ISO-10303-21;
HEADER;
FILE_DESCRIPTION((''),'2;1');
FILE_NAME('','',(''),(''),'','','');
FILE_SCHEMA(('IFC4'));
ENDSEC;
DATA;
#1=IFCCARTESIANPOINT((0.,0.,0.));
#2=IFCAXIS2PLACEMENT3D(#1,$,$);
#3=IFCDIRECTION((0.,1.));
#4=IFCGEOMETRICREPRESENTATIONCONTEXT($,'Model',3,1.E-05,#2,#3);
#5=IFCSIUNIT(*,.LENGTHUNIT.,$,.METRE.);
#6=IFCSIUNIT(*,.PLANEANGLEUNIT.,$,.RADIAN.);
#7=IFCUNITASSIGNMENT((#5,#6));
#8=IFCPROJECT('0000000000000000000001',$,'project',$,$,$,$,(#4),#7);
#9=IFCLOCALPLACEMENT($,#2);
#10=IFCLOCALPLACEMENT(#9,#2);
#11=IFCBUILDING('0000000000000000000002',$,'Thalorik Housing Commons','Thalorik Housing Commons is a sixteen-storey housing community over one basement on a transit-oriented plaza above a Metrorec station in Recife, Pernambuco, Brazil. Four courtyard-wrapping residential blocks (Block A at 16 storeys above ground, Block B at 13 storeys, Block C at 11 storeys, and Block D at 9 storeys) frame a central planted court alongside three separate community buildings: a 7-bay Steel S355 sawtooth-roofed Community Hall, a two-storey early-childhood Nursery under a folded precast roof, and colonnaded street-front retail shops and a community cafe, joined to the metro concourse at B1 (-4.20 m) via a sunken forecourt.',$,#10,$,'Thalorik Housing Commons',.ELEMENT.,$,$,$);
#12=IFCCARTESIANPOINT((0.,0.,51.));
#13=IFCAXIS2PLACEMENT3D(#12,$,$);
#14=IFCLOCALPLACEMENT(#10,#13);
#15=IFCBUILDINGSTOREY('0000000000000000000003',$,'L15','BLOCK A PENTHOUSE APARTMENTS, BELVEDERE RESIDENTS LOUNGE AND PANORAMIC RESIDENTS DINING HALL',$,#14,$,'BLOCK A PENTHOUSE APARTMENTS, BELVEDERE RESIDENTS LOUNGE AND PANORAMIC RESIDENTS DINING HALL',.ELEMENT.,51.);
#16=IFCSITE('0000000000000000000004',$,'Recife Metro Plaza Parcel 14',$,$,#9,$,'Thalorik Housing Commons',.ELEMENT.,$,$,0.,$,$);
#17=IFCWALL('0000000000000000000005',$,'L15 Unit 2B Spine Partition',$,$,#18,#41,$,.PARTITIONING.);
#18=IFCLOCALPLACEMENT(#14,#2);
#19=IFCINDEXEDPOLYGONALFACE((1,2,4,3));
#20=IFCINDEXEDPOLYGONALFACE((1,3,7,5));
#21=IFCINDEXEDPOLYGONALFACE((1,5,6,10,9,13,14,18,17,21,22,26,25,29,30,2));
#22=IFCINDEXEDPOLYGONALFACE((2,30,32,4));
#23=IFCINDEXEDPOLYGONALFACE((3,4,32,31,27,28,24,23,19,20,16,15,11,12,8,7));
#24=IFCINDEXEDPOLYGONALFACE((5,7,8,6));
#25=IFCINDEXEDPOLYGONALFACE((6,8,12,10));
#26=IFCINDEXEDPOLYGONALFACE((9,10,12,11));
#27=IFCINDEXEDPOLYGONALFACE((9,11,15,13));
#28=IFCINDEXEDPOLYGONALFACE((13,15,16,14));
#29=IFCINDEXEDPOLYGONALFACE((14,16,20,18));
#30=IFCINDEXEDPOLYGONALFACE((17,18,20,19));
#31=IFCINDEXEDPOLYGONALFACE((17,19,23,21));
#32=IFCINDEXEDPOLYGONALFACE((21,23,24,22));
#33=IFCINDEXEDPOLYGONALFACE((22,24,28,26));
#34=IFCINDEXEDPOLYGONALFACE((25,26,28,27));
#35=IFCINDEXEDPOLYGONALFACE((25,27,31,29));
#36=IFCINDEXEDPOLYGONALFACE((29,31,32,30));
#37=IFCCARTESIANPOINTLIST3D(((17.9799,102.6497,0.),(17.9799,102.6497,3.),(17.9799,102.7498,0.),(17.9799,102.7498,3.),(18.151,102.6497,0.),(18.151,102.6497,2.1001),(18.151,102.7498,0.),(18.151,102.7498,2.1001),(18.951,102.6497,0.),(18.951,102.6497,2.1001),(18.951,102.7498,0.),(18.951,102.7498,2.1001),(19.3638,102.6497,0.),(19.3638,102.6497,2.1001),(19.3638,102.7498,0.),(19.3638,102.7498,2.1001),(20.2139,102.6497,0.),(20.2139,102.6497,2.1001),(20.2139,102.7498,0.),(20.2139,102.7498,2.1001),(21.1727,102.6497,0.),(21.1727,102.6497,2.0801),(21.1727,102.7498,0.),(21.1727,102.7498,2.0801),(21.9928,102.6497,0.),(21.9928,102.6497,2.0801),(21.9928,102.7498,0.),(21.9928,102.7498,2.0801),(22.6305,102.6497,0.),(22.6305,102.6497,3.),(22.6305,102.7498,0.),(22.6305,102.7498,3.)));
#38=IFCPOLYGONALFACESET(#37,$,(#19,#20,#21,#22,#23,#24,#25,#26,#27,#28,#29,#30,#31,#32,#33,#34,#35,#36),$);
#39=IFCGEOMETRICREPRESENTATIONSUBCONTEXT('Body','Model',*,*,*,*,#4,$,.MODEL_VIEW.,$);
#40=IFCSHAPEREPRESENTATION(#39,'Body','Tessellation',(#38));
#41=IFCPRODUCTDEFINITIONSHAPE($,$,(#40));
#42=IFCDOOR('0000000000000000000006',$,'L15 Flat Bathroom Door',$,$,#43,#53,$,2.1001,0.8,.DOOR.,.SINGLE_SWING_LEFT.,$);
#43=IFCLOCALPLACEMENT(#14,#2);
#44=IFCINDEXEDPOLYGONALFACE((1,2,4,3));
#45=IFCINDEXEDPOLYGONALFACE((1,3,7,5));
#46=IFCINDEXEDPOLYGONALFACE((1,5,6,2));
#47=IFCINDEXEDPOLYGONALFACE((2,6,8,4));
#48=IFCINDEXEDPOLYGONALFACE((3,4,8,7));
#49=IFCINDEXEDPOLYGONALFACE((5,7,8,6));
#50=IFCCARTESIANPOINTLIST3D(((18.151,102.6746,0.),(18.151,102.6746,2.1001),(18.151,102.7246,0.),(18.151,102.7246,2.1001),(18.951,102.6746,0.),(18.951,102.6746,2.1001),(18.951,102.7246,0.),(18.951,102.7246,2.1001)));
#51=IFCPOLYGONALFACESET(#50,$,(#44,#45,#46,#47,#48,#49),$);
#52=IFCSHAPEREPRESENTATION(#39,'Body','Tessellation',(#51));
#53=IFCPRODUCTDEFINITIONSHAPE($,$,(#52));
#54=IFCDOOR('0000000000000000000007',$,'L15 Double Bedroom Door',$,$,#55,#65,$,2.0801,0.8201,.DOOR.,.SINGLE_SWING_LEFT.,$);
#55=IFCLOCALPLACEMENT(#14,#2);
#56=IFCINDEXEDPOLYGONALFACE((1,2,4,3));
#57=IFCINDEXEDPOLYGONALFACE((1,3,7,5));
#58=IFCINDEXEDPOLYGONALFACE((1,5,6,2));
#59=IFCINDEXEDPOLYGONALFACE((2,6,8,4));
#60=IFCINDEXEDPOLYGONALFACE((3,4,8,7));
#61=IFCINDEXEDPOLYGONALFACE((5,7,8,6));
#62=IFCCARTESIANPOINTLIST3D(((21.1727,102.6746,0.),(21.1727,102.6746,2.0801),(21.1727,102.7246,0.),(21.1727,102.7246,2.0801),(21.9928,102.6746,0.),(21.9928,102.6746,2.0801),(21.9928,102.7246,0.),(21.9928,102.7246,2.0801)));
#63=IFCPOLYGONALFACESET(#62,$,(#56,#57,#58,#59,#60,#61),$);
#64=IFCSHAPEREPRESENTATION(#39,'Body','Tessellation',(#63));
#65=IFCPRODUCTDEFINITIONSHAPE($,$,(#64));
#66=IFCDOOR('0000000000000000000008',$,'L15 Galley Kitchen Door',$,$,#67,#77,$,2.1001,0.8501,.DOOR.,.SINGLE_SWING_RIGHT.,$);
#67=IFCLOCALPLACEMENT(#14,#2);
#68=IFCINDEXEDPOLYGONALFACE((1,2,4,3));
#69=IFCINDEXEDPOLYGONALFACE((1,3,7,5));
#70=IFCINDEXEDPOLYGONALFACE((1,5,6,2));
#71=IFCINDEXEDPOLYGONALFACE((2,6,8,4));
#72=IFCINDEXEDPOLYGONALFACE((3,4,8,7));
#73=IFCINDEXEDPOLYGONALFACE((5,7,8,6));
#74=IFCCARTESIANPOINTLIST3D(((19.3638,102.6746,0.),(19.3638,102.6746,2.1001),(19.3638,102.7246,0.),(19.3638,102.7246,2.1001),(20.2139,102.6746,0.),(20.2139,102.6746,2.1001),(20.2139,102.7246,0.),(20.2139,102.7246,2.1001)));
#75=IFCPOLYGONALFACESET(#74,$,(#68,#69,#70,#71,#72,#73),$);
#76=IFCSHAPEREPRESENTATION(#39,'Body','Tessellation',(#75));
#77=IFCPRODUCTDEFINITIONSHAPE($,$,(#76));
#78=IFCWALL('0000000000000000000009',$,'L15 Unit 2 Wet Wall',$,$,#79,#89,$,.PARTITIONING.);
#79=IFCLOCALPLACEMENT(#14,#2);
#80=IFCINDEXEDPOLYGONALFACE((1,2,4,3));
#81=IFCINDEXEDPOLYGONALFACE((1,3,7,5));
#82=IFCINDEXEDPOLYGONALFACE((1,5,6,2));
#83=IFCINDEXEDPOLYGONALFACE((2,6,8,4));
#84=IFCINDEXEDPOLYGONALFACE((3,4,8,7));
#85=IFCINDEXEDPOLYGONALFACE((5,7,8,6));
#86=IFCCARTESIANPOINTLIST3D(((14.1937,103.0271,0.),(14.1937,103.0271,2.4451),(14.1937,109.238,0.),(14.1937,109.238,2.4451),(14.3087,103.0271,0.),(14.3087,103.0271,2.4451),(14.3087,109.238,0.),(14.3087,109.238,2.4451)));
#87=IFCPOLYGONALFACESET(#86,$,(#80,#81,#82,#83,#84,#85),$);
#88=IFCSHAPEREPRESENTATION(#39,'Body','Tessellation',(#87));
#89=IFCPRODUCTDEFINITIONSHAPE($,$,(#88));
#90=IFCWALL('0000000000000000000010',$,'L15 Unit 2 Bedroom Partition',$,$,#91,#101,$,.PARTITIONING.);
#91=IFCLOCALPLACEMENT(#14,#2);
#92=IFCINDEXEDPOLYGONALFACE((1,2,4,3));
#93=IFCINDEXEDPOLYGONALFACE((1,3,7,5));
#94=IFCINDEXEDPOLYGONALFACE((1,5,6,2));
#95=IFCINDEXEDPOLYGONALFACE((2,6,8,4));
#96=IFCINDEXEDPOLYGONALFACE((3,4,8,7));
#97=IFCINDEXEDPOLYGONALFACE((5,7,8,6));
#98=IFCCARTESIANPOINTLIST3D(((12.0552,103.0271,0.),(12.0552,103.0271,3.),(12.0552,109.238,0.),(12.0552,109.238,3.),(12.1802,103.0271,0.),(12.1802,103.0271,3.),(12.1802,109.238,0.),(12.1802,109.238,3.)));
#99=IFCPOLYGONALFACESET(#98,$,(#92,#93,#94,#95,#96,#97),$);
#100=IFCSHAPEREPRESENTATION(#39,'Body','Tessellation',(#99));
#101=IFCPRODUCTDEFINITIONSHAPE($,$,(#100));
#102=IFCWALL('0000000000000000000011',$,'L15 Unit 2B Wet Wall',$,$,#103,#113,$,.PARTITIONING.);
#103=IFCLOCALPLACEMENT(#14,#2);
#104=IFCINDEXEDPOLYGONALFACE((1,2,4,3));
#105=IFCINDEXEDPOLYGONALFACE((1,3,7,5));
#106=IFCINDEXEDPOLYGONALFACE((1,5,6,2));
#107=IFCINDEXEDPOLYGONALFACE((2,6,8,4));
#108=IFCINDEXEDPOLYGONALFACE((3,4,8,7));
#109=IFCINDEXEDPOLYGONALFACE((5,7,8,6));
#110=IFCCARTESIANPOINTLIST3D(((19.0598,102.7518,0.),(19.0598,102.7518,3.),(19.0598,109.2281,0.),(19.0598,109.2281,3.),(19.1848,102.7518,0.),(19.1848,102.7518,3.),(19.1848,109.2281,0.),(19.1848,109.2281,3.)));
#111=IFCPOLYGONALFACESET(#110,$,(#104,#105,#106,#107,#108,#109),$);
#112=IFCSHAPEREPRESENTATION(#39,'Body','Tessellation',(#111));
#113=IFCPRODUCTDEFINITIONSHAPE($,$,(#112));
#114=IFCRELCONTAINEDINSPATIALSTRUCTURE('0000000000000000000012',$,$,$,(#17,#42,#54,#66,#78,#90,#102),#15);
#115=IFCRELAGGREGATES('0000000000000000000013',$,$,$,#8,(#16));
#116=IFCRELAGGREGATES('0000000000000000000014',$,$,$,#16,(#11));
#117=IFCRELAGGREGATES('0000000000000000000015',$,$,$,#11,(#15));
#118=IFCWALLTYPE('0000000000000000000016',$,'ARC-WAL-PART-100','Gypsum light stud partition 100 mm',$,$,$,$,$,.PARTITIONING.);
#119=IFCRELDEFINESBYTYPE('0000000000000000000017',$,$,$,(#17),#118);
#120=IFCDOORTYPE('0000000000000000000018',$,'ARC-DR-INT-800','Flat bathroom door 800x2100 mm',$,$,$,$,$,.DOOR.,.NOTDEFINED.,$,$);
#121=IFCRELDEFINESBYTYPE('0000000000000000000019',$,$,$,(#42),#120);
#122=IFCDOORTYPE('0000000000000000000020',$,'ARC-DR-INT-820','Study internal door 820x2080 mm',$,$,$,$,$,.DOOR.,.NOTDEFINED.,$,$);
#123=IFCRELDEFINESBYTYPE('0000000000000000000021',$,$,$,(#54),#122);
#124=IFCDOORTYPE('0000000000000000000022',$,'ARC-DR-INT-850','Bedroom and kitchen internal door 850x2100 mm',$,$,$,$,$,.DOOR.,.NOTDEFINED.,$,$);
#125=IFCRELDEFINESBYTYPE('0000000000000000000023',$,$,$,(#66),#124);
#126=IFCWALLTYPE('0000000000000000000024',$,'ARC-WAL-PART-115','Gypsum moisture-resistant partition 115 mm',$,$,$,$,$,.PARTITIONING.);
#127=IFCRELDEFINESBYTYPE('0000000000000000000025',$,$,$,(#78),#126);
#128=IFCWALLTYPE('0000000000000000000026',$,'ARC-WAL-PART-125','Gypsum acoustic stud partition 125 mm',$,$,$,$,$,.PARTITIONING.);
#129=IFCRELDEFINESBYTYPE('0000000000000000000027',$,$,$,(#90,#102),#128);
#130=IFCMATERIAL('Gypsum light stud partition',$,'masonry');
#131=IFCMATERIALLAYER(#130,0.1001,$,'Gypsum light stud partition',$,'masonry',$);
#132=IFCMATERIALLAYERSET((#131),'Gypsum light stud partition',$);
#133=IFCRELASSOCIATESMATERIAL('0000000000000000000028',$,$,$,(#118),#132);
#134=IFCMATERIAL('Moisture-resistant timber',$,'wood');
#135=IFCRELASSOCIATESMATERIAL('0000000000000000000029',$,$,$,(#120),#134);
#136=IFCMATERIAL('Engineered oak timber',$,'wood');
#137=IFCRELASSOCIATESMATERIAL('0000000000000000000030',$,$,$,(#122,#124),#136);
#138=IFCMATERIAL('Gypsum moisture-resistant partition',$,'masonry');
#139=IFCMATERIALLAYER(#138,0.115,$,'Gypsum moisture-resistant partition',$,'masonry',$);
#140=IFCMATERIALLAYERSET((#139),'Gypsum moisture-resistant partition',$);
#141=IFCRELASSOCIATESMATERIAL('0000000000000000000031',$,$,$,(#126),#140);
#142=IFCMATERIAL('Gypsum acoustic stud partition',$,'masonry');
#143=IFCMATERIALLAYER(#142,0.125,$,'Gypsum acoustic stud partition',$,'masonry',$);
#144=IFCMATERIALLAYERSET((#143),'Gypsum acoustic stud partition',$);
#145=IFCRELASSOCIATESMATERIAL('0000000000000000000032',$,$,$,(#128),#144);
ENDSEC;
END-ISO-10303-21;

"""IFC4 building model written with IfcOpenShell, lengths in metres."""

from ifc_helpers import new_model, si_unit, direction, frame, frame_2d, origin, place, context, subcontext, project, spatial, rectangle, extrude, material, layer, layer_set, type_object, element, fill, save


model = new_model("IFC4")

# Units and contexts
model_context = context("Model", 3, precision=1e-05, world=origin(), true_north=direction((0.0, 1.0)))
body_context = subcontext(model_context, "Body", "Model", "MODEL_VIEW")
ifc_project = project(units=[si_unit("LENGTHUNIT", "METRE"), si_unit("PLANEANGLEUNIT", "RADIAN")], contexts=[model_context])

# Site, building, storey
site_placement = place(None, origin())
site = spatial("IfcSite", under=ifc_project, at=site_placement, Name="Recife Metro Plaza Parcel 14", LongName="Thalorik Housing Commons", CompositionType="ELEMENT", RefElevation=0.0)
building_placement = place(site_placement, origin())
building = spatial("IfcBuilding", under=site, at=building_placement, Name="Thalorik Housing Commons", Description="Thalorik Housing Commons is a sixteen-storey housing community over one basement on a transit-oriented plaza above a Metrorec station in Recife, Pernambuco, Brazil. Four courtyard-wrapping residential blocks (Block A at 16 storeys above ground, Block B at 13 storeys, Block C at 11 storeys, and Block D at 9 storeys) frame a central planted court alongside three separate community buildings: a 7-bay Steel S355 sawtooth-roofed Community Hall, a two-storey early-childhood Nursery under a folded precast roof, and colonnaded street-front retail shops and a community cafe, joined to the metro concourse at B1 (-4.20 m) via a sunken forecourt.", LongName="Thalorik Housing Commons", CompositionType="ELEMENT")
storey_placement = place(building_placement, frame((0.0, 0.0, 51.0)))
storey = spatial("IfcBuildingStorey", under=building, at=storey_placement, Name="L15", Description="BLOCK A PENTHOUSE APARTMENTS, BELVEDERE RESIDENTS LOUNGE AND PANORAMIC RESIDENTS DINING HALL", LongName="BLOCK A PENTHOUSE APARTMENTS, BELVEDERE RESIDENTS LOUNGE AND PANORAMIC RESIDENTS DINING HALL", CompositionType="ELEMENT", Elevation=51.0)

# Wall, openings, doors
ifc_material_1 = material(Name="Gypsum light stud partition", Category="masonry")
ifc_layer_1 = layer(ifc_material_1, 0.1001, Name="Gypsum light stud partition", Category="masonry")
ifc_layer_set_1 = layer_set([ifc_layer_1], Name="Gypsum light stud partition")
wall_type_1 = type_object("IfcWallType", Name="ARC-WAL-PART-100", Description="Gypsum light stud partition 100 mm", PredefinedType="PARTITIONING", material=ifc_layer_set_1)
wall_1_placement = place(storey_placement, frame((17.98, 102.6997, 0.0), z_axis=(0.0, 0.0, 1.0), x_axis=(1.0, 0.0, 0.0)))
wall_1 = element("IfcWall", 1, at=wall_1_placement, inside=storey, type_object=wall_type_1, Name="L15 Unit 2B Spine Partition", PredefinedType="PARTITIONING", context=body_context, shape_type="SweptSolid", body=[
    extrude(rectangle(XDim=4.6506, YDim=0.1001, at=frame_2d((2.3252, 0.0))), origin(), (0.0, 0.0, 1.0), 3.0),
])
opening_1_placement = place(wall_1_placement, frame((0.1711, 0.0, 0.0)))
opening_1 = element("IfcOpeningElement", 2, at=opening_1_placement, cuts=wall_1, PredefinedType="OPENING", context=body_context, shape_type="SweptSolid", body=[
    extrude(rectangle(XDim=0.8, YDim=2.1001, at=frame_2d((0.3999, 1.05))), frame((0.0, 0.0601, 0.0), z_axis=(0.0, -1.0, 0.0), x_axis=(1.0, 0.0, 0.0)), (0.0, 0.0, 1.0), 0.1201),
])
opening_2_placement = place(wall_1_placement, frame((1.3838, 0.0, 0.0)))
opening_2 = element("IfcOpeningElement", 3, at=opening_2_placement, cuts=wall_1, PredefinedType="OPENING", context=body_context, shape_type="SweptSolid", body=[
    extrude(rectangle(XDim=0.8501, YDim=2.1001, at=frame_2d((0.425, 1.05))), frame((0.0, 0.0601, 0.0), z_axis=(0.0, -1.0, 0.0), x_axis=(1.0, 0.0, 0.0)), (0.0, 0.0, 1.0), 0.1201),
])
opening_3_placement = place(wall_1_placement, frame((3.1926, 0.0, 0.0)))
opening_3 = element("IfcOpeningElement", 4, at=opening_3_placement, cuts=wall_1, PredefinedType="OPENING", context=body_context, shape_type="SweptSolid", body=[
    extrude(rectangle(XDim=0.8201, YDim=2.0801, at=frame_2d((0.4102, 1.04))), frame((0.0, 0.0601, 0.0), z_axis=(0.0, -1.0, 0.0), x_axis=(1.0, 0.0, 0.0)), (0.0, 0.0, 1.0), 0.1201),
])
ifc_material_2 = material(Name="Moisture-resistant timber", Category="wood")
door_type_1 = type_object("IfcDoorType", Name="ARC-DR-INT-800", Description="Flat bathroom door 800x2100 mm", OperationType="NOTDEFINED", PredefinedType="DOOR", material=ifc_material_2)
door_1_placement = place(opening_1_placement, origin())
door_1 = element("IfcDoor", 5, at=door_1_placement, inside=storey, type_object=door_type_1, Name="L15 Flat Bathroom Door", OperationType="SINGLE_SWING_LEFT", OverallHeight=2.1001, OverallWidth=0.8, PredefinedType="DOOR", context=body_context, shape_type="SweptSolid", body=[
    extrude(rectangle(XDim=0.8, YDim=2.1001, at=frame_2d((0.3999, 1.05))), frame((0.0, 0.0249, 0.0), z_axis=(0.0, -1.0, 0.0), x_axis=(1.0, 0.0, 0.0)), (0.0, 0.0, 1.0), 0.05),
])
fill(opening_1, door_1)
ifc_material_3 = material(Name="Engineered oak timber", Category="wood")
door_type_2 = type_object("IfcDoorType", Name="ARC-DR-INT-820", Description="Study internal door 820x2080 mm", OperationType="NOTDEFINED", PredefinedType="DOOR", material=ifc_material_3)
door_2_placement = place(opening_3_placement, origin())
door_2 = element("IfcDoor", 6, at=door_2_placement, inside=storey, type_object=door_type_2, Name="L15 Double Bedroom Door", OperationType="SINGLE_SWING_LEFT", OverallHeight=2.0801, OverallWidth=0.8201, PredefinedType="DOOR", context=body_context, shape_type="SweptSolid", body=[
    extrude(rectangle(XDim=0.8201, YDim=2.0801, at=frame_2d((0.4102, 1.04))), frame((0.0, 0.0249, 0.0), z_axis=(0.0, -1.0, 0.0), x_axis=(1.0, 0.0, 0.0)), (0.0, 0.0, 1.0), 0.05),
])
fill(opening_3, door_2)
door_type_3 = type_object("IfcDoorType", Name="ARC-DR-INT-850", Description="Bedroom and kitchen internal door 850x2100 mm", OperationType="NOTDEFINED", PredefinedType="DOOR", material=ifc_material_3)
door_3_placement = place(opening_2_placement, origin())
door_3 = element("IfcDoor", 7, at=door_3_placement, inside=storey, type_object=door_type_3, Name="L15 Galley Kitchen Door", OperationType="SINGLE_SWING_RIGHT", OverallHeight=2.1001, OverallWidth=0.8501, PredefinedType="DOOR", context=body_context, shape_type="SweptSolid", body=[
    extrude(rectangle(XDim=0.8501, YDim=2.1001, at=frame_2d((0.425, 1.05))), frame((0.0, 0.0249, 0.0), z_axis=(0.0, -1.0, 0.0), x_axis=(1.0, 0.0, 0.0)), (0.0, 0.0, 1.0), 0.05),
])
fill(opening_2, door_3)

# Walls
ifc_material_4 = material(Name="Gypsum moisture-resistant partition", Category="masonry")
ifc_layer_2 = layer(ifc_material_4, 0.115, Name="Gypsum moisture-resistant partition", Category="masonry")
ifc_layer_set_2 = layer_set([ifc_layer_2], Name="Gypsum moisture-resistant partition")
wall_type_2 = type_object("IfcWallType", Name="ARC-WAL-PART-115", Description="Gypsum moisture-resistant partition 115 mm", PredefinedType="PARTITIONING", material=ifc_layer_set_2)
wall_2_placement = place(storey_placement, frame((14.2512, 103.0271, 0.0), z_axis=(0.0, 0.0, 1.0), x_axis=(0.0, 1.0, 0.0)))
element("IfcWall", 8, at=wall_2_placement, inside=storey, type_object=wall_type_2, Name="L15 Unit 2 Wet Wall", PredefinedType="PARTITIONING", context=body_context, shape_type="SweptSolid", body=[
    extrude(rectangle(XDim=6.2109, YDim=0.115, at=frame_2d((3.1055, 0.0))), origin(), (0.0, 0.0, 1.0), 2.4451),
])
ifc_material_5 = material(Name="Gypsum acoustic stud partition", Category="masonry")
ifc_layer_3 = layer(ifc_material_5, 0.125, Name="Gypsum acoustic stud partition", Category="masonry")
ifc_layer_set_3 = layer_set([ifc_layer_3], Name="Gypsum acoustic stud partition")
wall_type_3 = type_object("IfcWallType", Name="ARC-WAL-PART-125", Description="Gypsum acoustic stud partition 125 mm", PredefinedType="PARTITIONING", material=ifc_layer_set_3)
wall_3_placement = place(storey_placement, frame((12.1177, 103.0271, 0.0), z_axis=(0.0, 0.0, 1.0), x_axis=(0.0, 1.0, 0.0)))
element("IfcWall", 9, at=wall_3_placement, inside=storey, type_object=wall_type_3, Name="L15 Unit 2 Bedroom Partition", PredefinedType="PARTITIONING", context=body_context, shape_type="SweptSolid", body=[
    extrude(rectangle(XDim=6.2109, YDim=0.125, at=frame_2d((3.1055, 0.0))), origin(), (0.0, 0.0, 1.0), 3.0),
])
wall_4_placement = place(storey_placement, frame((19.1223, 102.7517, 0.0), z_axis=(0.0, 0.0, 1.0), x_axis=(0.0, 1.0, 0.0)))
element("IfcWall", 10, at=wall_4_placement, inside=storey, type_object=wall_type_3, Name="L15 Unit 2B Wet Wall", PredefinedType="PARTITIONING", context=body_context, shape_type="SweptSolid", body=[
    extrude(rectangle(XDim=6.4763, YDim=0.125, at=frame_2d((3.2383, 0.0))), origin(), (0.0, 0.0, 1.0), 3.0),
])

save(model, "model.ifc")
